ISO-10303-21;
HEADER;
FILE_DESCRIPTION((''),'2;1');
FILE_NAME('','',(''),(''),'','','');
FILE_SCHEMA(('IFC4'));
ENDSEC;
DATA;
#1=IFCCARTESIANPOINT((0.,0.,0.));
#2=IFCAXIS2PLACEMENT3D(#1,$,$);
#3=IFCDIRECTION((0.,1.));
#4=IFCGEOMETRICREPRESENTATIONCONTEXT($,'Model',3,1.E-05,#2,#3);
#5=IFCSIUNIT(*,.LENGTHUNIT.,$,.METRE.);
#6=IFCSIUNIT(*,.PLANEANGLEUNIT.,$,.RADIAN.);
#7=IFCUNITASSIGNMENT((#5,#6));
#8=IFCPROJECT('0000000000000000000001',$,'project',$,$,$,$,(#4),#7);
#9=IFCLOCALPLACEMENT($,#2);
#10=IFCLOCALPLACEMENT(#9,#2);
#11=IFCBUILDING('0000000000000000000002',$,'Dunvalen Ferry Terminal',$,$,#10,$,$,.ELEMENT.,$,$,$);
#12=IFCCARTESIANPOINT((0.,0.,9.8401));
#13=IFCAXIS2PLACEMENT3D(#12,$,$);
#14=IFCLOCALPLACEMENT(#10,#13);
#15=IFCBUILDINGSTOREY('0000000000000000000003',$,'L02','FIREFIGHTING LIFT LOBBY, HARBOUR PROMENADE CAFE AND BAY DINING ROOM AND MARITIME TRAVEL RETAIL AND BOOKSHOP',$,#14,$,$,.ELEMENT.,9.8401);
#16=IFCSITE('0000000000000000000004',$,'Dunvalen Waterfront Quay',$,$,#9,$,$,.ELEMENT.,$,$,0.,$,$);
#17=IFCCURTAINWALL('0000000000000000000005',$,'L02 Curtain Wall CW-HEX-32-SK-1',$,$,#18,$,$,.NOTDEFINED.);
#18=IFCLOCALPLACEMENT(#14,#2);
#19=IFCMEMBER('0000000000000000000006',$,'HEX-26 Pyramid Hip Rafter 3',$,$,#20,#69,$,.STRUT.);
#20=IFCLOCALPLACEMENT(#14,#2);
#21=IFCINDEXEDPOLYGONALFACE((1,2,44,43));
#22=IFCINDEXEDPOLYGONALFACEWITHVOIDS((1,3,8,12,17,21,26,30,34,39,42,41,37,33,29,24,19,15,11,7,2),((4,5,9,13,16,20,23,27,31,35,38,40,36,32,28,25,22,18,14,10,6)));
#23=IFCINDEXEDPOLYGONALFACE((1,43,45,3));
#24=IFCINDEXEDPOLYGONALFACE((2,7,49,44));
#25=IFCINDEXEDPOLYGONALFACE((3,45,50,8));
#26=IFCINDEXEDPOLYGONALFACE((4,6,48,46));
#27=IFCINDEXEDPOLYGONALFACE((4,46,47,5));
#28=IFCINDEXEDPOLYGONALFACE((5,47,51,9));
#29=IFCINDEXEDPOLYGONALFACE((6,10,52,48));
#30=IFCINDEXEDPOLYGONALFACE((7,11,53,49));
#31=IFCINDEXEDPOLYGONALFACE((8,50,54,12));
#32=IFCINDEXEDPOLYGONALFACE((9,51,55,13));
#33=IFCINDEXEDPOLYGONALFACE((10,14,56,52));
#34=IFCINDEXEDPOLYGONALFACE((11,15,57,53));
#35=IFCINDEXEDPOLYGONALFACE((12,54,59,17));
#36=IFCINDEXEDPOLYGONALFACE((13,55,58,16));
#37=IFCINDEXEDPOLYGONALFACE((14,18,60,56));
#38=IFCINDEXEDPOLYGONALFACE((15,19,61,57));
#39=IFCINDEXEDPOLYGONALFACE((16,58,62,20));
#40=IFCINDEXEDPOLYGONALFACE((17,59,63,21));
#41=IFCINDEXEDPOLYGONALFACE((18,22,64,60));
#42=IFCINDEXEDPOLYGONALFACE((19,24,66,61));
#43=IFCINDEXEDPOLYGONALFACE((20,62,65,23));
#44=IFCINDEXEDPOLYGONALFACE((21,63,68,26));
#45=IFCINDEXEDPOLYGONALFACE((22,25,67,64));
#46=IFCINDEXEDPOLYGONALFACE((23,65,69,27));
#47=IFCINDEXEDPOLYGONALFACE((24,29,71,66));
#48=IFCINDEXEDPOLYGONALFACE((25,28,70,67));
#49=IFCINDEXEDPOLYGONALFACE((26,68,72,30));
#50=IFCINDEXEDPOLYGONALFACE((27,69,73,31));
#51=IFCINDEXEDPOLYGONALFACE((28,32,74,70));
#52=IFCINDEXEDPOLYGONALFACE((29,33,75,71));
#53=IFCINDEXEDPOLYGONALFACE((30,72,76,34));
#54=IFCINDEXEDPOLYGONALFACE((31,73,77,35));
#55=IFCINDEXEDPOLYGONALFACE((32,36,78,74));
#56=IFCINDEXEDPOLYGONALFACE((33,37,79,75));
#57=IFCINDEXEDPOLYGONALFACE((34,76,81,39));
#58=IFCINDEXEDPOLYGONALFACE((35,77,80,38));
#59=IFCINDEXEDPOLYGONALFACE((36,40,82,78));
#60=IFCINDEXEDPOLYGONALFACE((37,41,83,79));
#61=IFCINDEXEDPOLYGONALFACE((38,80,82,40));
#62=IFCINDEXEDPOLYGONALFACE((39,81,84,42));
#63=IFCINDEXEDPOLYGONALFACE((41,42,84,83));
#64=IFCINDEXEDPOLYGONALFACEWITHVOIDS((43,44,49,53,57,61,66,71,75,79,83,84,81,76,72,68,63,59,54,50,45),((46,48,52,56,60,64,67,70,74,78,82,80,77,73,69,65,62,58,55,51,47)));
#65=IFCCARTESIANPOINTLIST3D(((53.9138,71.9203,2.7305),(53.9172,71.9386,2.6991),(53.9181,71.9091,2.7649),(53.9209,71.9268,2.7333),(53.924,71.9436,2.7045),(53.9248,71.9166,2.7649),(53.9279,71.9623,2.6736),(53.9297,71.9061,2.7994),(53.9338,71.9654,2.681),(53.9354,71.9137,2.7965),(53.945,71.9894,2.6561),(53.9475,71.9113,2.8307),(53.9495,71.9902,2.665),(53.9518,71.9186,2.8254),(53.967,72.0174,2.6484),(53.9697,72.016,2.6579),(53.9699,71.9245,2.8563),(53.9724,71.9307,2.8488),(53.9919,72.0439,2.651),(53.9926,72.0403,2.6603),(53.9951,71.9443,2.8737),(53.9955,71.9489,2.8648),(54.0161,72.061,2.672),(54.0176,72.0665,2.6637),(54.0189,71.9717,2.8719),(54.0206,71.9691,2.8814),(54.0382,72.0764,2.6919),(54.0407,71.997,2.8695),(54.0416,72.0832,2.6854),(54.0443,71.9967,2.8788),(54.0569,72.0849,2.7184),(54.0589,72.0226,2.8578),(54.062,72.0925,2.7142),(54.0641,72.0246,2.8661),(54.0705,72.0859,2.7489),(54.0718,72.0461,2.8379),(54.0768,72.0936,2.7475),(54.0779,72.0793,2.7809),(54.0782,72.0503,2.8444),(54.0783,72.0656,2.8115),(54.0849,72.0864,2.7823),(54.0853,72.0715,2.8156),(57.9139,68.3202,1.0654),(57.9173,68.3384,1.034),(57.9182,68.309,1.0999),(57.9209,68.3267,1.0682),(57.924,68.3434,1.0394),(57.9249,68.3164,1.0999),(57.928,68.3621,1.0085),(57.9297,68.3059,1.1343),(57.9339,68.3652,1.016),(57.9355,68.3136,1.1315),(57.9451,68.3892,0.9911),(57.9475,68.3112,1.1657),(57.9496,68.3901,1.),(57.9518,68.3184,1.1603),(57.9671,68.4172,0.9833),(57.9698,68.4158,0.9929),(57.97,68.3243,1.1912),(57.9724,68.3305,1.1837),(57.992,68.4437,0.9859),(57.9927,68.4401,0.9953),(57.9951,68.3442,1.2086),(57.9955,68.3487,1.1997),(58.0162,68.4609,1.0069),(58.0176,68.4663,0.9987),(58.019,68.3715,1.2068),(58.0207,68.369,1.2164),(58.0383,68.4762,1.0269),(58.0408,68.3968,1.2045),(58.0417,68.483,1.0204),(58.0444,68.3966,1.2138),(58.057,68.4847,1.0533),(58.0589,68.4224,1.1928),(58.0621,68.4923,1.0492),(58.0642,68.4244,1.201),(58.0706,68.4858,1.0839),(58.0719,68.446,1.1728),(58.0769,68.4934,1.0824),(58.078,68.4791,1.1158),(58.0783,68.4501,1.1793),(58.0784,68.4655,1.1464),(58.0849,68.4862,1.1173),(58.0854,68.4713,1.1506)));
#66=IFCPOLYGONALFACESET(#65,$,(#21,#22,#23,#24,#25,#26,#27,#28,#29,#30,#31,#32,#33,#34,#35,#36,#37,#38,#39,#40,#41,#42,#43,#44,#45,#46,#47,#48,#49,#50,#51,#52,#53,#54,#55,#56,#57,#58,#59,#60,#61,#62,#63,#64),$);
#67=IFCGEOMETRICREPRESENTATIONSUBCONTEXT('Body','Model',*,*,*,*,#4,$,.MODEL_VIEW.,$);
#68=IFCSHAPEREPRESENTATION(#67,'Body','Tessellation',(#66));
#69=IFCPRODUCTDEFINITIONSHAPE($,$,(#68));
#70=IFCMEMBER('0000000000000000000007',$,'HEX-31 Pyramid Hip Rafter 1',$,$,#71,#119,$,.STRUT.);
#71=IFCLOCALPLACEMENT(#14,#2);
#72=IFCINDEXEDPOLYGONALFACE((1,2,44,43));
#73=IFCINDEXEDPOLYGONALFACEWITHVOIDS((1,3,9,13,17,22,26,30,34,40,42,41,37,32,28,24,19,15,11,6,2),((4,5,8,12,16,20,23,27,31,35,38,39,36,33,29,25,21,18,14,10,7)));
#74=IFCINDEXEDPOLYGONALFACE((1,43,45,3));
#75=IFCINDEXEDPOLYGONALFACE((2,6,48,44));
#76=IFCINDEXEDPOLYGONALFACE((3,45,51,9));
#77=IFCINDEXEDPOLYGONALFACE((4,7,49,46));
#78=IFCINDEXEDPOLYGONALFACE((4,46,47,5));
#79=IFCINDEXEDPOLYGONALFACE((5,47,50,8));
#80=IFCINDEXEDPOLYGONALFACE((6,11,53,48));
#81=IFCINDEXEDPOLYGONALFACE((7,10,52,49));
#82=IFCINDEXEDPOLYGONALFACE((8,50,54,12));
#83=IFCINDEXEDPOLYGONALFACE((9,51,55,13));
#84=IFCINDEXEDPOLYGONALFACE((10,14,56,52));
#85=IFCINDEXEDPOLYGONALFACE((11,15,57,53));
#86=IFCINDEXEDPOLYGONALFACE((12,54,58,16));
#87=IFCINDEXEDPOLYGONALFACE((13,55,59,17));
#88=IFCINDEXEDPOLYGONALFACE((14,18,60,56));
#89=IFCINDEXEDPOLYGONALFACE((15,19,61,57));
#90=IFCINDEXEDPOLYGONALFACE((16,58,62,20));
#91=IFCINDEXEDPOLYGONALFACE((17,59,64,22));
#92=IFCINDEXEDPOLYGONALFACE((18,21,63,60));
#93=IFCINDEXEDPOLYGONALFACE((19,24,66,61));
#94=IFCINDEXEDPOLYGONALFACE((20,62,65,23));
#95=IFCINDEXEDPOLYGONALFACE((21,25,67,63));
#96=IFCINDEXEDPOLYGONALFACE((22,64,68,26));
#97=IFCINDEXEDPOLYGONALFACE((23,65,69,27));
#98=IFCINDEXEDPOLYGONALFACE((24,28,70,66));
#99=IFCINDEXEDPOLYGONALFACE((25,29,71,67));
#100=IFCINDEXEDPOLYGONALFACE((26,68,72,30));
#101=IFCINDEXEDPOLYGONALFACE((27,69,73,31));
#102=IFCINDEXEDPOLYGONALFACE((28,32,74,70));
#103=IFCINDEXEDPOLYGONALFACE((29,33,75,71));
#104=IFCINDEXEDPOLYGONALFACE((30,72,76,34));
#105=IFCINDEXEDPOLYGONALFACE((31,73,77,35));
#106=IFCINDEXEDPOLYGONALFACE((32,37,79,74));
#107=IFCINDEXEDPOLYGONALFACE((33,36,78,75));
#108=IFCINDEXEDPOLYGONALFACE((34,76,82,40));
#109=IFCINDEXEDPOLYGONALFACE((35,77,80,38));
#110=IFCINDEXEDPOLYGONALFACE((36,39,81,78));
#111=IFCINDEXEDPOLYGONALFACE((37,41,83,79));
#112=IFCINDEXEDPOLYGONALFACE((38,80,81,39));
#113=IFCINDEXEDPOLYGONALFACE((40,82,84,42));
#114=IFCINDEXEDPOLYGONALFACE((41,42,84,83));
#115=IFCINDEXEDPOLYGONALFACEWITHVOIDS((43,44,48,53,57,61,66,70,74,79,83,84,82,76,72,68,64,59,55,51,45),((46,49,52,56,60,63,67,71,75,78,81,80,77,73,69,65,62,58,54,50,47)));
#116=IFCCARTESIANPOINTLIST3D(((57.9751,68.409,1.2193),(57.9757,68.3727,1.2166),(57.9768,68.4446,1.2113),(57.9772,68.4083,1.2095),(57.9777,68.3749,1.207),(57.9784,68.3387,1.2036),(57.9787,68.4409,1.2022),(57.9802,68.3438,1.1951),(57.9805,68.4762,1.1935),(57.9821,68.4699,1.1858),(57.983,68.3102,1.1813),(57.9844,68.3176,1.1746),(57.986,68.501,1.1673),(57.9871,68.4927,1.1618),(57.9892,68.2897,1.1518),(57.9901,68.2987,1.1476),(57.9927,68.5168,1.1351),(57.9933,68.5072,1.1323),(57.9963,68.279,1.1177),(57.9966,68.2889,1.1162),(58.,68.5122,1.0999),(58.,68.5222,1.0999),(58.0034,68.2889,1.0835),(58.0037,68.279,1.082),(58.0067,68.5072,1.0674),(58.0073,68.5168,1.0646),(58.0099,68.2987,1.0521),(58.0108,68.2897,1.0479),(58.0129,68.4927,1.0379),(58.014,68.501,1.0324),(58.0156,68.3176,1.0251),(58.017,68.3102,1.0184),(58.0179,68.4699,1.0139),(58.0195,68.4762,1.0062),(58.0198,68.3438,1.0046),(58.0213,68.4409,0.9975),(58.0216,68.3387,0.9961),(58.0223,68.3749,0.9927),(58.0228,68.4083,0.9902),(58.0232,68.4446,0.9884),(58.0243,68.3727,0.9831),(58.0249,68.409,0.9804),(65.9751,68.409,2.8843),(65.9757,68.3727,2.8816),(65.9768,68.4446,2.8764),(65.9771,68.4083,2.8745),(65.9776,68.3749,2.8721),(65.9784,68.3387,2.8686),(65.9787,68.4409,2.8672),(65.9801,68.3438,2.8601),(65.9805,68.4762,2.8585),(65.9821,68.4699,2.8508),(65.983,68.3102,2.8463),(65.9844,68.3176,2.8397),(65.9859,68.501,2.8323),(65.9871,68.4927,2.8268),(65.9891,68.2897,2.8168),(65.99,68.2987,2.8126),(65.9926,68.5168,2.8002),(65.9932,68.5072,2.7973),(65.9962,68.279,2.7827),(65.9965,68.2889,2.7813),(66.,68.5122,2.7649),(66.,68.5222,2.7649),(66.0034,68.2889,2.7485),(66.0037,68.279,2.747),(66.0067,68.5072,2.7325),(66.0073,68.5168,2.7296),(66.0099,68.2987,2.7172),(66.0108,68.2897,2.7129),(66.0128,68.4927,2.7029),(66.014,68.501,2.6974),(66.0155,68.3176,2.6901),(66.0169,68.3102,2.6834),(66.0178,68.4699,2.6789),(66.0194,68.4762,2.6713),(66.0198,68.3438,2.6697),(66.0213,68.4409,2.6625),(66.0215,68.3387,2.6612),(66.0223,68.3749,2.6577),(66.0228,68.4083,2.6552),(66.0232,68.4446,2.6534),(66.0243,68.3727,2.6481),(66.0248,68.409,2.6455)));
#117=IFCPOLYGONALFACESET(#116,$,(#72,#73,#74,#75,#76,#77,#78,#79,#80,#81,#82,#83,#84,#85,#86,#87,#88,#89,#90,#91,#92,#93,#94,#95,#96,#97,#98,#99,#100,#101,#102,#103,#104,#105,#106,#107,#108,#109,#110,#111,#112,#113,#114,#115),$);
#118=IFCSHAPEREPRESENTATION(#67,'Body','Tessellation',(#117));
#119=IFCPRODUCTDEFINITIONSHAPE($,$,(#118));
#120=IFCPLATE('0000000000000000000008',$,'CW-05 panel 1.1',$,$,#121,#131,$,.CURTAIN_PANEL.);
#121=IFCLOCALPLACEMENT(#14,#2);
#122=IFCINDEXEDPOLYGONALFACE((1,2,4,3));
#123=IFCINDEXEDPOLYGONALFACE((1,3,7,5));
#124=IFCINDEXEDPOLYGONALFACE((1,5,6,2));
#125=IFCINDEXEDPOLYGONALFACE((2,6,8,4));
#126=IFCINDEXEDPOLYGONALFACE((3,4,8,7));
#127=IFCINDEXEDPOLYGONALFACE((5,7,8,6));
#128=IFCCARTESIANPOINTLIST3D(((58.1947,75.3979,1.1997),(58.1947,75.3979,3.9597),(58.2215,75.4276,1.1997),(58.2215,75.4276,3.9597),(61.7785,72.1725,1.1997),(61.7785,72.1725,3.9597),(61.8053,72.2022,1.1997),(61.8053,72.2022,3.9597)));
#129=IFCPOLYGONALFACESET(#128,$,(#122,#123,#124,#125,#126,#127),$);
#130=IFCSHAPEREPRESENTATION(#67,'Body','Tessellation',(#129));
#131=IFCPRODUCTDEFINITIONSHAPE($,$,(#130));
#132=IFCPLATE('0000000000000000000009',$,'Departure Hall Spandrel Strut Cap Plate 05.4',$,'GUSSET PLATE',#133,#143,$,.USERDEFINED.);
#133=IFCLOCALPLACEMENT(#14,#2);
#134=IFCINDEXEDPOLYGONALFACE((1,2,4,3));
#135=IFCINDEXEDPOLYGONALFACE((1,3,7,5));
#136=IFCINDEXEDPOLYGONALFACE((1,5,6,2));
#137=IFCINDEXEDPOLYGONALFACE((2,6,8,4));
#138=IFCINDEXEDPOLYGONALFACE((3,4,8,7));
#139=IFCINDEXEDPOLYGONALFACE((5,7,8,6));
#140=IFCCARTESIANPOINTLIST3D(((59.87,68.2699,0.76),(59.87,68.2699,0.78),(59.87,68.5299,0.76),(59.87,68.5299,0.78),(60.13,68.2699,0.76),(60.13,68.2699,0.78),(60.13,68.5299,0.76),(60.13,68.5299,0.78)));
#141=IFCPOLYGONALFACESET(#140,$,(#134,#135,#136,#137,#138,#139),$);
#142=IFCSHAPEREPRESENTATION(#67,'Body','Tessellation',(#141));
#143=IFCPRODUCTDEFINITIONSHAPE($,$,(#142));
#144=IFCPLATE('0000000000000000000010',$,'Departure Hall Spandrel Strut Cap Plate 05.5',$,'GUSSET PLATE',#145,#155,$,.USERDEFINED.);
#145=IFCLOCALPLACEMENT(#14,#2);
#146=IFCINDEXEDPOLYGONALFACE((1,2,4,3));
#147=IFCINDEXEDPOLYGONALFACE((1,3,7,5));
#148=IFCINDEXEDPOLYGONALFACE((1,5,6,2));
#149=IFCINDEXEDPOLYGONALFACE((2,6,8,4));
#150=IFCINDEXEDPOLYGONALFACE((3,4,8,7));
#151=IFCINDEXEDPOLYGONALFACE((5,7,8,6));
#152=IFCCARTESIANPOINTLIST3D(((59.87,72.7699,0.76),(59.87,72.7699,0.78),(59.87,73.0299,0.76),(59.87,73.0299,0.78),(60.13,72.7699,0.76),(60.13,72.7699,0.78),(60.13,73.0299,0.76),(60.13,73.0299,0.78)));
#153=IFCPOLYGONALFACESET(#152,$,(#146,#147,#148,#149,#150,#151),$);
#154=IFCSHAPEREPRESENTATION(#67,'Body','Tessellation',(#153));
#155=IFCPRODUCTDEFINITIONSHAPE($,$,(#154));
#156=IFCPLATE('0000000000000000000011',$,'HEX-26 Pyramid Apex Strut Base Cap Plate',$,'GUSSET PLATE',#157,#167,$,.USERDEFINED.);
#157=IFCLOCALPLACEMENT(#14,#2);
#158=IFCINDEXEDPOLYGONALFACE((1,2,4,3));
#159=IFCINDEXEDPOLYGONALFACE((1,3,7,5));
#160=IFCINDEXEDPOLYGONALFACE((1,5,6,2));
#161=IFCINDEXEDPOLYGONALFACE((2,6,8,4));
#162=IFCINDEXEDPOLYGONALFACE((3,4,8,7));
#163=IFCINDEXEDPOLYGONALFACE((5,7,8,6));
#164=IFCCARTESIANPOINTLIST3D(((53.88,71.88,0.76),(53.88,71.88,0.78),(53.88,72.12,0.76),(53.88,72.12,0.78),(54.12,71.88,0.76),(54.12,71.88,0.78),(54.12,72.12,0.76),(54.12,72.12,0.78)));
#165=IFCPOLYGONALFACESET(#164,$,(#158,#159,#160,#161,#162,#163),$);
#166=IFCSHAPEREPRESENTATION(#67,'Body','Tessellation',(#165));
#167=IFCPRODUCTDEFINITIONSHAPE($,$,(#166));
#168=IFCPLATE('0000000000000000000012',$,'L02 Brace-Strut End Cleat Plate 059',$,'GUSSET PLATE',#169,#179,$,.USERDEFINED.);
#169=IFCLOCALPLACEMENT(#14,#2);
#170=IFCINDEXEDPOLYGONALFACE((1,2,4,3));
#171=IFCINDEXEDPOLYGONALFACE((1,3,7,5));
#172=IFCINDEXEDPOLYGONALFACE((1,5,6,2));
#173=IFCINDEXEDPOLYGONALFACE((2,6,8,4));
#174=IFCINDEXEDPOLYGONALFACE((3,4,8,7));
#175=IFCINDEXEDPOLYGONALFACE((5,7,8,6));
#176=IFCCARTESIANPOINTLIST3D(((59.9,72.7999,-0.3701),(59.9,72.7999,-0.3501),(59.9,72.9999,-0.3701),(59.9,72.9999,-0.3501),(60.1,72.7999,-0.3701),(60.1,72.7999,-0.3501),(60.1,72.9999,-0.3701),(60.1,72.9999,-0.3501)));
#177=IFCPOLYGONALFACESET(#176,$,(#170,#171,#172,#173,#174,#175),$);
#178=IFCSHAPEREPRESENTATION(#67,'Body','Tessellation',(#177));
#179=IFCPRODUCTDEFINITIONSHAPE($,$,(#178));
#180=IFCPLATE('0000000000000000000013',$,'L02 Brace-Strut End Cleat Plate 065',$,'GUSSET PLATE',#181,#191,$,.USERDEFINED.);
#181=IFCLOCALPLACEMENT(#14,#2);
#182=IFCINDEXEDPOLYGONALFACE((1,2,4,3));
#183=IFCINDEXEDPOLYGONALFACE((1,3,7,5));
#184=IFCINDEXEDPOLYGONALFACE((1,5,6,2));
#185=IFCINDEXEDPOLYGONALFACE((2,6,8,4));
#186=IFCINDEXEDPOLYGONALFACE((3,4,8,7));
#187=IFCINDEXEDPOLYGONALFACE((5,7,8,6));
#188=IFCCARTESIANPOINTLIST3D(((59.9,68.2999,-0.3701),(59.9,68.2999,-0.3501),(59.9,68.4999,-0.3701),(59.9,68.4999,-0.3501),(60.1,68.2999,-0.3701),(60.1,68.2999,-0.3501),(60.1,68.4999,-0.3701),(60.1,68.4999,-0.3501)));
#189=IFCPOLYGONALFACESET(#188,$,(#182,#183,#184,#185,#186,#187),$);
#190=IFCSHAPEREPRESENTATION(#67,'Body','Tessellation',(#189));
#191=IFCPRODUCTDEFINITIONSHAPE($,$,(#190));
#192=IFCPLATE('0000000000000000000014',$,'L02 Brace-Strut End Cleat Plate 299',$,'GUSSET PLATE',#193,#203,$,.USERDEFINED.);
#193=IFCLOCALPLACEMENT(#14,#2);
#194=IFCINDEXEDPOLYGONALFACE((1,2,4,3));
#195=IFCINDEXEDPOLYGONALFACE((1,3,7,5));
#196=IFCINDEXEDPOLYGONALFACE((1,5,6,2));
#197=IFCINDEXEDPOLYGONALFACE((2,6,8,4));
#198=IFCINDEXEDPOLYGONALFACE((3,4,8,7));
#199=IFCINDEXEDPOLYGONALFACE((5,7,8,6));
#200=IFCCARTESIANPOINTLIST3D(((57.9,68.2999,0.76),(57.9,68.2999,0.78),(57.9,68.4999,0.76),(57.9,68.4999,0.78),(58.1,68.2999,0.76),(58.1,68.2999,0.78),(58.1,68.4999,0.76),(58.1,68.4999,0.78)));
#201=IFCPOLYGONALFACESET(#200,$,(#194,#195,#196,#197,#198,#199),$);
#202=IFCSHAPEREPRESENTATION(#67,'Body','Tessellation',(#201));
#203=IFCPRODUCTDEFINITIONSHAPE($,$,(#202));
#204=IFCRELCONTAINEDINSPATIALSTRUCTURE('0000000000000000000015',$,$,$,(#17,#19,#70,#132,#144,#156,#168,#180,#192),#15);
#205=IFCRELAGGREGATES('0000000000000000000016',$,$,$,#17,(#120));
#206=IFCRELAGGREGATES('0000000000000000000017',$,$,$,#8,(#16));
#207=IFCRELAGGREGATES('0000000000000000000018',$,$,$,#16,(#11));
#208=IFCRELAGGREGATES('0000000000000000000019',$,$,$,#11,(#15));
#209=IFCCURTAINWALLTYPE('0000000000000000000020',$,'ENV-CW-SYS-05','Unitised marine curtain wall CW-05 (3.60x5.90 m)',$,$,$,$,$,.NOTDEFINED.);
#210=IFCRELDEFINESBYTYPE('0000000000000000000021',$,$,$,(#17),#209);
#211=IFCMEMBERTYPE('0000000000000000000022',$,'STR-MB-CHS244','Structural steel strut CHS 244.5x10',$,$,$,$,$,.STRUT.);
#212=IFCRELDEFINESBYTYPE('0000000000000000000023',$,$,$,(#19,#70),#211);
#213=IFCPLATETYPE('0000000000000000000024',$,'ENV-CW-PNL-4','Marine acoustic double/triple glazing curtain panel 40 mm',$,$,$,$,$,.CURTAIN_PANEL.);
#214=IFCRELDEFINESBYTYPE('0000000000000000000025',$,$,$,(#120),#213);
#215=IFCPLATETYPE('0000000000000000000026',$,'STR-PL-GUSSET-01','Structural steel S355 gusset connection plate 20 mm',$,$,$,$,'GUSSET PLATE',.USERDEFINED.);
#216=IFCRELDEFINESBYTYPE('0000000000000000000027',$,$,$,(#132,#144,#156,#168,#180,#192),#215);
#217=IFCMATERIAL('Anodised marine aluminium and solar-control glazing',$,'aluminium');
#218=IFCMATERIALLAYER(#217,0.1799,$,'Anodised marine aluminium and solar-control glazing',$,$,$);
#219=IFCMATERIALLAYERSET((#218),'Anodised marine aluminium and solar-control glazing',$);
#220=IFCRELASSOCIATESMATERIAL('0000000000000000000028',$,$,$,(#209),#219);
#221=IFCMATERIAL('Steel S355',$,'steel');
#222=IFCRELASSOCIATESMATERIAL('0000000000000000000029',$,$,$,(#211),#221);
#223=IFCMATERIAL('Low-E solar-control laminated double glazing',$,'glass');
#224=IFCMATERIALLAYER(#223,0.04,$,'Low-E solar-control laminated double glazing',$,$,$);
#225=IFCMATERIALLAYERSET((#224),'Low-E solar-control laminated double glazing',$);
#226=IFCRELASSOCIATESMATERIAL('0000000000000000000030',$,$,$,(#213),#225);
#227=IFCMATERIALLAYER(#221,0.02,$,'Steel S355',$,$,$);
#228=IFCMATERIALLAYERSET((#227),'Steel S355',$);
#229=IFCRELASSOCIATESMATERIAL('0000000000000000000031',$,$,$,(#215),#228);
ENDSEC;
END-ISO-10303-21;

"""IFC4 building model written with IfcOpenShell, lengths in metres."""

from ifc_helpers import new_model, si_unit, direction, frame, origin, origin_2d, place, context, subcontext, project, spatial, rectangle, hollow_circle, extrude, material, layer, layer_set, material_profile, profile_set, type_object, element, aggregate, save


model = new_model("IFC4")

# Units and contexts
model_context = context("Model", 3, precision=1e-05, world=origin(), true_north=direction((0.0, 1.0)))
body_context = subcontext(model_context, "Body", "Model", "MODEL_VIEW")
ifc_project = project(units=[si_unit("LENGTHUNIT", "METRE"), si_unit("PLANEANGLEUNIT", "RADIAN")], contexts=[model_context])

# Site, building, storey
site_placement = place(None, origin())
site = spatial("IfcSite", under=ifc_project, at=site_placement, Name="Dunvalen Waterfront Quay", CompositionType="ELEMENT", RefElevation=0.0)
building_placement = place(site_placement, origin())
building = spatial("IfcBuilding", under=site, at=building_placement, Name="Dunvalen Ferry Terminal", CompositionType="ELEMENT")
storey_placement = place(building_placement, frame((0.0, 0.0, 9.8401)))
storey = spatial("IfcBuildingStorey", under=building, at=storey_placement, Name="L02", Description="FIREFIGHTING LIFT LOBBY, HARBOUR PROMENADE CAFE AND BAY DINING ROOM AND MARITIME TRAVEL RETAIL AND BOOKSHOP", CompositionType="ELEMENT", Elevation=9.8401)

# Curtain wall
ifc_material_1 = material(Name="Anodised marine aluminium and solar-control glazing", Category="aluminium")
ifc_layer_1 = layer(ifc_material_1, 0.1799, Name="Anodised marine aluminium and solar-control glazing")
ifc_layer_set_1 = layer_set([ifc_layer_1], Name="Anodised marine aluminium and solar-control glazing")
curtain_wall_type = type_object("IfcCurtainWallType", Name="ENV-CW-SYS-05", Description="Unitised marine curtain wall CW-05 (3.60x5.90 m)", PredefinedType="NOTDEFINED", material=ifc_layer_set_1)
curtain_wall_placement = place(storey_placement, origin())
curtain_wall = element("IfcCurtainWall", 1, at=curtain_wall_placement, inside=storey, type_object=curtain_wall_type, Name="L02 Curtain Wall CW-HEX-32-SK-1", PredefinedType="NOTDEFINED")

# Shared definitions
ifc_material_2 = material(Name="Steel S355", Category="steel")

# Members
ifc_material_profile_1 = material_profile(ifc_material_2, hollow_circle(Radius=0.1223, WallThickness=0.01, at=origin_2d()), Name="Steel S355")
ifc_profile_set_1 = profile_set([ifc_material_profile_1], Name="Steel S355")
member_type_1 = type_object("IfcMemberType", Name="STR-MB-CHS244", Description="Structural steel strut CHS 244.5x10", PredefinedType="STRUT", material=ifc_profile_set_1)
member_1_placement = place(storey_placement, frame((58.0, 68.3999, 1.0999), z_axis=(-0.710075, 0.639085, 0.295576), x_axis=(-0.668975, -0.743285, 0.0)))
element("IfcMember", 2, at=member_1_placement, inside=storey, type_object=member_type_1, Name="HEX-26 Pyramid Hip Rafter 3", PredefinedType="STRUT", context=body_context, shape_type="SweptSolid", body=[
    extrude(hollow_circle(Radius=0.1223, WallThickness=0.01, at=origin_2d()), origin(), (0.0, 0.0, 1.0), 5.6333),
])
member_2_placement = place(storey_placement, frame((58.0, 68.3999, 1.0999), z_axis=(0.97902, 0.0, 0.203763), x_axis=(0.0, 1.0, 0.0)))
element("IfcMember", 3, at=member_2_placement, inside=storey, type_object=member_type_1, Name="HEX-31 Pyramid Hip Rafter 1", PredefinedType="STRUT", context=body_context, shape_type="SweptSolid", body=[
    extrude(hollow_circle(Radius=0.1223, WallThickness=0.01, at=origin_2d()), origin(), (0.0, 0.0, 1.0), 8.1714),
])

# Plate
ifc_material_3 = material(Name="Low-E solar-control laminated double glazing", Category="glass")
ifc_layer_2 = layer(ifc_material_3, 0.04, Name="Low-E solar-control laminated double glazing")
ifc_layer_set_2 = layer_set([ifc_layer_2], Name="Low-E solar-control laminated double glazing")
plate_type_1 = type_object("IfcPlateType", Name="ENV-CW-PNL-4", Description="Marine acoustic double/triple glazing curtain panel 40 mm", PredefinedType="CURTAIN_PANEL", material=ifc_layer_set_2)
plate_1_placement = place(storey_placement, frame((60.0, 73.8, 1.1997), z_axis=(0.0, 0.0, 1.0), x_axis=(0.743304, -0.668954, 0.0)))
plate_1 = element("IfcPlate", 4, at=plate_1_placement, type_object=plate_type_1, Name="CW-05 panel 1.1", PredefinedType="CURTAIN_PANEL", context=body_context, shape_type="SweptSolid", body=[
    extrude(rectangle(XDim=4.8215, YDim=0.04, at=origin_2d()), origin(), (0.0, 0.0, 1.0), 2.76),
])
aggregate(curtain_wall, [plate_1])

# Plates
ifc_layer_3 = layer(ifc_material_2, 0.02, Name="Steel S355")
ifc_layer_set_3 = layer_set([ifc_layer_3], Name="Steel S355")
plate_type_2 = type_object("IfcPlateType", Name="STR-PL-GUSSET-01", Description="Structural steel S355 gusset connection plate 20 mm", ElementType="GUSSET PLATE", PredefinedType="USERDEFINED", material=ifc_layer_set_3)
for number, where, z_axis, x_axis, name in (
    (5, (60.0, 68.3999, 0.76), (0.0, 0.0, 1.0), (1.0, 0.0, 0.0), "Departure Hall Spandrel Strut Cap Plate 05.4"),
    (6, (60.0, 72.8999, 0.76), (0.0, 0.0, 1.0), (1.0, 0.0, 0.0), "Departure Hall Spandrel Strut Cap Plate 05.5"),
):
    element("IfcPlate", number, at=place(storey_placement, frame(where, z_axis=z_axis, x_axis=x_axis)), inside=storey, type_object=plate_type_2, Name=name, ObjectType="GUSSET PLATE", PredefinedType="USERDEFINED", context=body_context, shape_type="SweptSolid", body=[
        extrude(rectangle(XDim=0.26, YDim=0.26, at=origin_2d()), origin(), (0.0, 0.0, 1.0), 0.02),
    ])
plate_2_placement = place(storey_placement, frame((54.0, 72.0, 0.76), z_axis=(0.0, 0.0, 1.0), x_axis=(1.0, 0.0, 0.0)))
element("IfcPlate", 7, at=plate_2_placement, inside=storey, type_object=plate_type_2, Name="HEX-26 Pyramid Apex Strut Base Cap Plate", ObjectType="GUSSET PLATE", PredefinedType="USERDEFINED", context=body_context, shape_type="SweptSolid", body=[
    extrude(rectangle(XDim=0.24, YDim=0.24, at=origin_2d()), origin(), (0.0, 0.0, 1.0), 0.02),
])
for number, where, z_axis, x_axis, name in (
    (8, (60.0, 72.8999, -0.3701), (0.0, 0.0, 1.0), (1.0, 0.0, 0.0), "L02 Brace-Strut End Cleat Plate 059"),
    (9, (60.0, 68.3999, -0.3701), (0.0, 0.0, 1.0), (1.0, 0.0, 0.0), "L02 Brace-Strut End Cleat Plate 065"),
    (10, (58.0, 68.3999, 0.76), (0.0, 0.0, 1.0), (1.0, 0.0, 0.0), "L02 Brace-Strut End Cleat Plate 299"),
):
    element("IfcPlate", number, at=place(storey_placement, frame(where, z_axis=z_axis, x_axis=x_axis)), inside=storey, type_object=plate_type_2, Name=name, ObjectType="GUSSET PLATE", PredefinedType="USERDEFINED", context=body_context, shape_type="SweptSolid", body=[
        extrude(rectangle(XDim=0.2, YDim=0.2, at=origin_2d()), origin(), (0.0, 0.0, 1.0), 0.02),
    ])

save(model, "model.ifc")
